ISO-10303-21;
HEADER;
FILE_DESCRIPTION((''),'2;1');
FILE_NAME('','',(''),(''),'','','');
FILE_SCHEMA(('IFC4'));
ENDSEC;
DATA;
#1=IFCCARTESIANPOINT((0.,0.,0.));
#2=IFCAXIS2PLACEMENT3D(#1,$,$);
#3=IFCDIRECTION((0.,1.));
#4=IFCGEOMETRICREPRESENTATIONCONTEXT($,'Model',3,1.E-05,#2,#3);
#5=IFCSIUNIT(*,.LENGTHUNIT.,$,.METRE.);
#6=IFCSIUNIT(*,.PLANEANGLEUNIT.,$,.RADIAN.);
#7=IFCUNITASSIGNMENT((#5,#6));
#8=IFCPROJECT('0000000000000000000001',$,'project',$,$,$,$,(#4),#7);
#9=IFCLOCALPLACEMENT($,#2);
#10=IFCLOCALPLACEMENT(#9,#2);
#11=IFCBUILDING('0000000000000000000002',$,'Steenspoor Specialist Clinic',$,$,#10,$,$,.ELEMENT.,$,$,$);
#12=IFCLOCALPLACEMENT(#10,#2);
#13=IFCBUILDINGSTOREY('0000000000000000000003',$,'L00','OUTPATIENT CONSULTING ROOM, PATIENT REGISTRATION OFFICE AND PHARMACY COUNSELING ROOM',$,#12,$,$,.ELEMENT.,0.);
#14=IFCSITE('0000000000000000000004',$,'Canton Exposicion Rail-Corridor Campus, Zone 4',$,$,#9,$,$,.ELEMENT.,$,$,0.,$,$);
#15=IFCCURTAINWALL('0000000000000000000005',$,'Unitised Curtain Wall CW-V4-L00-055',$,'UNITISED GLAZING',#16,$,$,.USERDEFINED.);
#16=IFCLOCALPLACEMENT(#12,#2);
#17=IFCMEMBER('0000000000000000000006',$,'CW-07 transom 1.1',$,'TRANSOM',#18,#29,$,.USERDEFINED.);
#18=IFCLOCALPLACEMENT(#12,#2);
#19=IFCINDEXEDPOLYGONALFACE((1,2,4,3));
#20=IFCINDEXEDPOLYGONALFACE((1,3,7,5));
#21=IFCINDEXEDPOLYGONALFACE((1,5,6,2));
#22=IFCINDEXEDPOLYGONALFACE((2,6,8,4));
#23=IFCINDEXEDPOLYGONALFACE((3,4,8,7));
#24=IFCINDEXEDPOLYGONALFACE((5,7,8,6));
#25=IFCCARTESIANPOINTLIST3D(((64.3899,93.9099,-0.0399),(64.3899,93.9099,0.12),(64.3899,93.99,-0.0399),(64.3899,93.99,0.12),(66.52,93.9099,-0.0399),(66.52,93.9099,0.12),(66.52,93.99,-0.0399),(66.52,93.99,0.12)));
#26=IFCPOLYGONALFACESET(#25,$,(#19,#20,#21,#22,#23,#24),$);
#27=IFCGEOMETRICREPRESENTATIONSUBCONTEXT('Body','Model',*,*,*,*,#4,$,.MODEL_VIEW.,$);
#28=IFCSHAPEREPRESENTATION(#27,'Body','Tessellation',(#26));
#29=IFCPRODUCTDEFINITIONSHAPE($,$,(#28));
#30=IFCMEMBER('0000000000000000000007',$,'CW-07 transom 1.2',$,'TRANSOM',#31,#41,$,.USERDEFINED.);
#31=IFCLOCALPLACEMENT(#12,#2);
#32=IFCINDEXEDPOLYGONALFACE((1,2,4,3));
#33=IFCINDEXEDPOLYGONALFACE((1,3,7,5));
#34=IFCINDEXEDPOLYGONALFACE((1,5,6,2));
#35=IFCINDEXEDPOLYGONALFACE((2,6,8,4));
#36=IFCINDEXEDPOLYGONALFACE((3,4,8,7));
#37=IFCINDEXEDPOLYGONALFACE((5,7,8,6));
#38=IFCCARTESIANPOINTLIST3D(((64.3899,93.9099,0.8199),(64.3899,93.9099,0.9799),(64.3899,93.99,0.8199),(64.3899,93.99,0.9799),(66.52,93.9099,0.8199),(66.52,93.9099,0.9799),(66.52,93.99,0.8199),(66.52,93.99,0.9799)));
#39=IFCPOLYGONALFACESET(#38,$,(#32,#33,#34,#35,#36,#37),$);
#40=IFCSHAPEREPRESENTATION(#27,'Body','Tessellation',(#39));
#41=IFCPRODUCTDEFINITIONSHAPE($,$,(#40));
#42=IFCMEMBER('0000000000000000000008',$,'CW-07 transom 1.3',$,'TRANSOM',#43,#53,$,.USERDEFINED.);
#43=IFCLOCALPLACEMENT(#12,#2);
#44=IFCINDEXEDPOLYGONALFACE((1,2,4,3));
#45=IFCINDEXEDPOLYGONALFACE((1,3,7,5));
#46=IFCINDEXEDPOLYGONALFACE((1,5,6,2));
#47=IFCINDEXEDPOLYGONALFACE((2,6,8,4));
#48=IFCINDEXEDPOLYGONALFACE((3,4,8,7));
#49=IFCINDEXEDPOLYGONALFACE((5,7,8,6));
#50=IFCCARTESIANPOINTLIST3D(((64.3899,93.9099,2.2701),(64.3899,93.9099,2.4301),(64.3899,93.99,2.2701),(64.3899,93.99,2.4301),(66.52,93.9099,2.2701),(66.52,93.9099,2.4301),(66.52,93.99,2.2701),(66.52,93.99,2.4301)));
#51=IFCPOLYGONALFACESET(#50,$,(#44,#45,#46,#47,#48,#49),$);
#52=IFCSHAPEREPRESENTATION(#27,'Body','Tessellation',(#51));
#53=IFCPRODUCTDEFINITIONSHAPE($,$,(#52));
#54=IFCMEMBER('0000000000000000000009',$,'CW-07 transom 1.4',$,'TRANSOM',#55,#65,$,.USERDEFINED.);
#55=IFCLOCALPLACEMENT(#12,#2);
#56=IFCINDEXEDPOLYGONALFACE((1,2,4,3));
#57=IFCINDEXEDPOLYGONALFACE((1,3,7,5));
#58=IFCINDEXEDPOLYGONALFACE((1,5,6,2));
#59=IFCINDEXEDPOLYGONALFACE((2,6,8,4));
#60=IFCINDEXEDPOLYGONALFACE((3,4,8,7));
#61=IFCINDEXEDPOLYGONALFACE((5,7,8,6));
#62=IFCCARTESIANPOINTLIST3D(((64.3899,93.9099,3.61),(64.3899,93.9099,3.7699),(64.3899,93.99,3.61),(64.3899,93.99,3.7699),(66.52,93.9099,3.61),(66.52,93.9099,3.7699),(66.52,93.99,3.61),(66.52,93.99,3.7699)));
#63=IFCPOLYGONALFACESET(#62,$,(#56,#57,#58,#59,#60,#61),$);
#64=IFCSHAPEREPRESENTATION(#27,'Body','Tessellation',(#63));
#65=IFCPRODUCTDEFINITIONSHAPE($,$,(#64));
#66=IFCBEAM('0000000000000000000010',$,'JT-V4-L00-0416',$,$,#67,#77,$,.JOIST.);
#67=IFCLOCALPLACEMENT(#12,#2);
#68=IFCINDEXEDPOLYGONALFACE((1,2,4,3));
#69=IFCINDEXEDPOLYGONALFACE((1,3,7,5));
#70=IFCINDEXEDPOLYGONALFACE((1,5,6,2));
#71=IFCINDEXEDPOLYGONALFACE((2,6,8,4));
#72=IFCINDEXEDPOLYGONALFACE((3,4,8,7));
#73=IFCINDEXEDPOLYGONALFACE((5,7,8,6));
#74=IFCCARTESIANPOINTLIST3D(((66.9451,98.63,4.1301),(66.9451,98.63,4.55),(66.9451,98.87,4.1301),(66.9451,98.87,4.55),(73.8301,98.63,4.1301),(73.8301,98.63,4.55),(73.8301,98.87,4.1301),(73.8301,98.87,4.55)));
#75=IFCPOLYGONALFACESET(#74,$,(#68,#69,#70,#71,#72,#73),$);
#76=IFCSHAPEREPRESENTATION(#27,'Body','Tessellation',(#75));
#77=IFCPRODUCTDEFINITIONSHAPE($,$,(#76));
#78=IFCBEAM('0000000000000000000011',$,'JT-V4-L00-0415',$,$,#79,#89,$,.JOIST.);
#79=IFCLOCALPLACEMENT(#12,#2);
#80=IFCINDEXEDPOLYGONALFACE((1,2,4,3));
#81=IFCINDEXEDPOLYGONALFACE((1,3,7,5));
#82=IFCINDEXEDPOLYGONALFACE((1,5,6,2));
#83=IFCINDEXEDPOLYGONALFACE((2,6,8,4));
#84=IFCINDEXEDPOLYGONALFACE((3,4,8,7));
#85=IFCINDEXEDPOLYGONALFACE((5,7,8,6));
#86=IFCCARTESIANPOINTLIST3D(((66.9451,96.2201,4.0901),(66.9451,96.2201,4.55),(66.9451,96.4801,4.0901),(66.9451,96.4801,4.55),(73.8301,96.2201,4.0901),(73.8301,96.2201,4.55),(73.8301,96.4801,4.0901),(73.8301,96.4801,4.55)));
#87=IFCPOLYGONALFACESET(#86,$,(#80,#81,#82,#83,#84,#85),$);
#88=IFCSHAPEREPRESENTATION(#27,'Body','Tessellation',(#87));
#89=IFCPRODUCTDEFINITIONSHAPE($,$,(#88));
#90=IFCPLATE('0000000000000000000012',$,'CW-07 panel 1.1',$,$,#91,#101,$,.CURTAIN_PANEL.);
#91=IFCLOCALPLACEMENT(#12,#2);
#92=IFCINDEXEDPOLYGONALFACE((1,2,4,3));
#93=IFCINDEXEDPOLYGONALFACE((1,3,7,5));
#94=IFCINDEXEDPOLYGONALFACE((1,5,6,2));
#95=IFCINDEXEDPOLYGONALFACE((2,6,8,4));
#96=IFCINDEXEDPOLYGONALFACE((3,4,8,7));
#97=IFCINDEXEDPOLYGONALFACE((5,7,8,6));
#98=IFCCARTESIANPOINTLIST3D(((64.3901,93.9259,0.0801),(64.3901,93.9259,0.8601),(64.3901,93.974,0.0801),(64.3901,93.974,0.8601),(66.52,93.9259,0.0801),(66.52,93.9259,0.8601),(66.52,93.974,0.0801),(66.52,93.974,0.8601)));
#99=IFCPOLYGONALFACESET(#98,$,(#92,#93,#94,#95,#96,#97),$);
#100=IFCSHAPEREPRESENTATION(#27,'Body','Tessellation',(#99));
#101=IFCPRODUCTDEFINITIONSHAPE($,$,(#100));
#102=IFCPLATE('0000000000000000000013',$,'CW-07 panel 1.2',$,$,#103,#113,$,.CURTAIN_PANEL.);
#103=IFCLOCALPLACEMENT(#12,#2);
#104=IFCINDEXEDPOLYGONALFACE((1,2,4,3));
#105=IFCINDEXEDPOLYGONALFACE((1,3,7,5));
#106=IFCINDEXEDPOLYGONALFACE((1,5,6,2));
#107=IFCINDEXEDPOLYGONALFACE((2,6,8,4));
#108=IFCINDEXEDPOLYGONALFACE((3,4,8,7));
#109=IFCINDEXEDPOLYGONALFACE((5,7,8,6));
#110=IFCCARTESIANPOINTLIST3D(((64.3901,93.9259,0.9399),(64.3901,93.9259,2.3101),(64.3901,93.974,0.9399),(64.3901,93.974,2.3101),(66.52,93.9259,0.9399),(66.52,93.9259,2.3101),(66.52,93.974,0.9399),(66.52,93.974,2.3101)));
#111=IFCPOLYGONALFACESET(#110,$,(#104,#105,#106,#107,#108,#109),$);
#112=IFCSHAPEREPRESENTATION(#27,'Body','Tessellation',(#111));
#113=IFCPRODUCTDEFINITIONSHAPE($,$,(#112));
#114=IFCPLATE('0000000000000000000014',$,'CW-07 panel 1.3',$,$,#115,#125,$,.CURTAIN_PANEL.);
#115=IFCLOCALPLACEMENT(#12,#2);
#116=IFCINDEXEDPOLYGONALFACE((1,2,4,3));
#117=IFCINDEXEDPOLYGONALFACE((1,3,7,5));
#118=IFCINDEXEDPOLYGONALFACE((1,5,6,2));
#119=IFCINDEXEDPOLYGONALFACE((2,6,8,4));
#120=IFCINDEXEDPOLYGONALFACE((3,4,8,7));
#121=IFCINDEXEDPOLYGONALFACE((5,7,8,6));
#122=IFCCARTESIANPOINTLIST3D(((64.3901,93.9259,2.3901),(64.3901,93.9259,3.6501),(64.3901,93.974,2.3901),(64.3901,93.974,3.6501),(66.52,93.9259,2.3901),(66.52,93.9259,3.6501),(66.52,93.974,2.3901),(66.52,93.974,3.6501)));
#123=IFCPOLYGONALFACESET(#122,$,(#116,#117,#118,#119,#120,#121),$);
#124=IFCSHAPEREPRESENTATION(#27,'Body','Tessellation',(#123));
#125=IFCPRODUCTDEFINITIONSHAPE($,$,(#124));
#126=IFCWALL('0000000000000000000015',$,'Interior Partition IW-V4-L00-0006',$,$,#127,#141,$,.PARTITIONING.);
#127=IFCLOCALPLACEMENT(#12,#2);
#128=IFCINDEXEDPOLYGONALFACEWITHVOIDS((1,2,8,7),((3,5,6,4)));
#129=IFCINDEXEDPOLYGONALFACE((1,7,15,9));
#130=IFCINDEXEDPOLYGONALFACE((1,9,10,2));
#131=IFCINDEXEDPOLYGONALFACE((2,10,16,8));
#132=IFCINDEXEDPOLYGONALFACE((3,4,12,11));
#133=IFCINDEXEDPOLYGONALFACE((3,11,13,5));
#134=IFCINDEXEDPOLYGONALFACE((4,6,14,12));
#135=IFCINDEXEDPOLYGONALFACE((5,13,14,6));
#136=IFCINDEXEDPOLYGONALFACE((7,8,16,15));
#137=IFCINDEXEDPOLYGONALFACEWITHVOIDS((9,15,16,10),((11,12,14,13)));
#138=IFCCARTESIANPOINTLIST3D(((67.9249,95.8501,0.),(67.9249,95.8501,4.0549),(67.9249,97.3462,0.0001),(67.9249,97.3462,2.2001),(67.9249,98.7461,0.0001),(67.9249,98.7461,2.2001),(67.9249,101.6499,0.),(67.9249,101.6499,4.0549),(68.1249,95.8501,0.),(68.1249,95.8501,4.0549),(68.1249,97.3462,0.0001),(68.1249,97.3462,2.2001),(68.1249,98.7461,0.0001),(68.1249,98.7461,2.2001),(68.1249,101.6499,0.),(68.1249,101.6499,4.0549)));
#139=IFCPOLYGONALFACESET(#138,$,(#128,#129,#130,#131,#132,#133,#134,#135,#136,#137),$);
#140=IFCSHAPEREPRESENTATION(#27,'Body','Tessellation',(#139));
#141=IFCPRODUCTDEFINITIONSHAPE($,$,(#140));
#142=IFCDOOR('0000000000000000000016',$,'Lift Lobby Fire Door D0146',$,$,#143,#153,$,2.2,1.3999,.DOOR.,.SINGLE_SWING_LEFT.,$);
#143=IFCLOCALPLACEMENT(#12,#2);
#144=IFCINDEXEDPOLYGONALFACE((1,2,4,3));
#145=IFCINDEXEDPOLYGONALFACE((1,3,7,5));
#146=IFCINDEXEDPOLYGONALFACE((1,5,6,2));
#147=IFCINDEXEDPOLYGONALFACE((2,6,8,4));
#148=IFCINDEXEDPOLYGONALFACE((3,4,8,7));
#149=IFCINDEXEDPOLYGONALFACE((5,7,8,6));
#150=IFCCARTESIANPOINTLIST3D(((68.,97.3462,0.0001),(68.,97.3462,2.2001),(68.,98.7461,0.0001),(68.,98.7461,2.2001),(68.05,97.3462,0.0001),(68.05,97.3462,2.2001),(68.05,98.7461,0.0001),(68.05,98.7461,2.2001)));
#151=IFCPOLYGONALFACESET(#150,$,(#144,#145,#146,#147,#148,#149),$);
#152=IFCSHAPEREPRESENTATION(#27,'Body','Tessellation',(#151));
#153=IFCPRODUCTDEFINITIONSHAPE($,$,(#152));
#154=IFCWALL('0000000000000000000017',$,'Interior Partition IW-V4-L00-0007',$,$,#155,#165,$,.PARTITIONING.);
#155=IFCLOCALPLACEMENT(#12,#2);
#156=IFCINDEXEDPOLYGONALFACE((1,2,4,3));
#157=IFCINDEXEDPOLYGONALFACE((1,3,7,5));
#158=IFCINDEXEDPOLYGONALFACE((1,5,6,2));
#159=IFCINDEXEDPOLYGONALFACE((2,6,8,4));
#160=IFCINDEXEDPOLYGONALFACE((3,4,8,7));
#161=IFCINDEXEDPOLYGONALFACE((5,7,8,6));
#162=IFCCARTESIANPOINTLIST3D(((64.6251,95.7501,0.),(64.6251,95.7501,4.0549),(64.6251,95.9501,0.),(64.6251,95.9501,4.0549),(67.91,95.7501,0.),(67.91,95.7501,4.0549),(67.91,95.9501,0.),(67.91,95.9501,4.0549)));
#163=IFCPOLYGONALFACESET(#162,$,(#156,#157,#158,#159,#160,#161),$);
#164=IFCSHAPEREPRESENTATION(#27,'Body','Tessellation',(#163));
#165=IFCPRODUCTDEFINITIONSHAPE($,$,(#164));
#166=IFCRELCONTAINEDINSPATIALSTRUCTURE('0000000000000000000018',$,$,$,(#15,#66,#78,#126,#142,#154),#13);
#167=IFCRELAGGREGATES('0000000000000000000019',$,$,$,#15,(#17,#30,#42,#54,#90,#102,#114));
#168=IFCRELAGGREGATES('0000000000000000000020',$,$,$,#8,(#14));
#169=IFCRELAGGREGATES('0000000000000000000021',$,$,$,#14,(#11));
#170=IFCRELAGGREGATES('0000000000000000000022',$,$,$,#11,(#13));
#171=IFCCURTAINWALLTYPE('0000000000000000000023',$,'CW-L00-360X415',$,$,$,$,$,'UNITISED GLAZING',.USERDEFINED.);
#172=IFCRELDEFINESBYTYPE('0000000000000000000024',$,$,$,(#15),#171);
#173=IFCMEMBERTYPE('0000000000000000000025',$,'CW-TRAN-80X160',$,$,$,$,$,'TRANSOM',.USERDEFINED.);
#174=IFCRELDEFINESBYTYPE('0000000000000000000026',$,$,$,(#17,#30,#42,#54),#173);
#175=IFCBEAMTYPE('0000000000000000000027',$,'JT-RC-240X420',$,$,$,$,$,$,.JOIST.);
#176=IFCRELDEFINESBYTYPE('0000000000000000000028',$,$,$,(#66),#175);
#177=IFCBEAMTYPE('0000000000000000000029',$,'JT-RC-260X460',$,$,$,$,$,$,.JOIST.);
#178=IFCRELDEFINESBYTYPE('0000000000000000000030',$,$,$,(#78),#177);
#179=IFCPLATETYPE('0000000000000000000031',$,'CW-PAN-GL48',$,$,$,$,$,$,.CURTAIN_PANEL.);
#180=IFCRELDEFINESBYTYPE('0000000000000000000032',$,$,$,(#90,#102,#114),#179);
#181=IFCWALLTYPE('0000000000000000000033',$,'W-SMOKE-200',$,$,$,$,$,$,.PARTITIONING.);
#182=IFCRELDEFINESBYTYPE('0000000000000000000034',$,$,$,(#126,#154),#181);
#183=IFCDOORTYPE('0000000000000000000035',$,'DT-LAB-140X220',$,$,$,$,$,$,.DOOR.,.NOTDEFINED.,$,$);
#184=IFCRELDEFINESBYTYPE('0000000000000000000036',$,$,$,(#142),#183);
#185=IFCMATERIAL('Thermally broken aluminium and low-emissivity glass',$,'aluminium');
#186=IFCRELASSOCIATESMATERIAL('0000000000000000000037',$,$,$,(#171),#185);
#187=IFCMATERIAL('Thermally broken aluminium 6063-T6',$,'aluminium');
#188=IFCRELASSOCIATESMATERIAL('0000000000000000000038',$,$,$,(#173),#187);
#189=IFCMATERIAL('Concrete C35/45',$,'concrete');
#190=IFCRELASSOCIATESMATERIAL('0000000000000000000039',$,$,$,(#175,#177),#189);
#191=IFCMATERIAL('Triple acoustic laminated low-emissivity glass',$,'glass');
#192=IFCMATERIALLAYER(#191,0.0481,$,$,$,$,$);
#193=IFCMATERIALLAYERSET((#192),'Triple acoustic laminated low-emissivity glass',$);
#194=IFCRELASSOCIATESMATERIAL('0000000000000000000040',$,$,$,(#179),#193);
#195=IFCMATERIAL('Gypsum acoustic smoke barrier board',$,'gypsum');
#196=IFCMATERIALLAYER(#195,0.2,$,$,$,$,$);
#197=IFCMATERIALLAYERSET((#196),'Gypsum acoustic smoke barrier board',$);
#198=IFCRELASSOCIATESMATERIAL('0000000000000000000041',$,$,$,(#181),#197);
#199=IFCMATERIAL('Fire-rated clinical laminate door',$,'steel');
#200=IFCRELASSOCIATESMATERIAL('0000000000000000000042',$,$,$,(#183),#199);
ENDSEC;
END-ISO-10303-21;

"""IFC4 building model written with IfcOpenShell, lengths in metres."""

from ifc_helpers import new_model, si_unit, direction, frame, frame_2d, origin, origin_2d, place, context, subcontext, project, spatial, rectangle, extrude, material, layer, layer_set, material_profile, profile_set, type_object, element, fill, aggregate, save


model = new_model("IFC4")

# Units and contexts
model_context = context("Model", 3, precision=1e-05, world=origin(), true_north=direction((0.0, 1.0)))
body_context = subcontext(model_context, "Body", "Model", "MODEL_VIEW")
ifc_project = project(units=[si_unit("LENGTHUNIT", "METRE"), si_unit("PLANEANGLEUNIT", "RADIAN")], contexts=[model_context])

# Site, building, storey
site_placement = place(None, origin())
site = spatial("IfcSite", under=ifc_project, at=site_placement, Name="Canton Exposicion Rail-Corridor Campus, Zone 4", CompositionType="ELEMENT", RefElevation=0.0)
building_placement = place(site_placement, origin())
building = spatial("IfcBuilding", under=site, at=building_placement, Name="Steenspoor Specialist Clinic", CompositionType="ELEMENT")
storey_placement = place(building_placement, origin())
storey = spatial("IfcBuildingStorey", under=building, at=storey_placement, Name="L00", Description="OUTPATIENT CONSULTING ROOM, PATIENT REGISTRATION OFFICE AND PHARMACY COUNSELING ROOM", CompositionType="ELEMENT", Elevation=0.0)

# Shared definitions
ifc_material_1 = material(Name="Concrete C35/45", Category="concrete")

# Curtain wall, members
ifc_material_2 = material(Name="Thermally broken aluminium and low-emissivity glass", Category="aluminium")
curtain_wall_type = type_object("IfcCurtainWallType", Name="CW-L00-360X415", ElementType="UNITISED GLAZING", PredefinedType="USERDEFINED", material=ifc_material_2)
curtain_wall_placement = place(storey_placement, origin())
curtain_wall = element("IfcCurtainWall", 1, at=curtain_wall_placement, inside=storey, type_object=curtain_wall_type, Name="Unitised Curtain Wall CW-V4-L00-055", ObjectType="UNITISED GLAZING", PredefinedType="USERDEFINED")
ifc_material_3 = material(Name="Thermally broken aluminium 6063-T6", Category="aluminium")
ifc_material_profile_1 = material_profile(ifc_material_3, rectangle(XDim=0.0801, YDim=0.1599, at=origin_2d()), Name="CWT-80X160")
ifc_profile_set_1 = profile_set([ifc_material_profile_1], Name="Thermally broken aluminium 6063-T6")
member_type_1 = type_object("IfcMemberType", Name="CW-TRAN-80X160", ElementType="TRANSOM", PredefinedType="USERDEFINED", material=ifc_profile_set_1)
member_1_placement = place(storey_placement, frame((66.52, 93.95, 0.04), z_axis=(-1.0, 0.0, 0.0), x_axis=(0.0, -1.0, 0.0)))
member_1 = element("IfcMember", 2, at=member_1_placement, type_object=member_type_1, Name="CW-07 transom 1.1", ObjectType="TRANSOM", PredefinedType="USERDEFINED", context=body_context, shape_type="SweptSolid", body=[
    extrude(rectangle(XDim=0.0801, YDim=0.1599, at=origin_2d()), origin(), (0.0, 0.0, 1.0), 2.1301),
])
member_2_placement = place(storey_placement, frame((66.52, 93.95, 0.8999), z_axis=(-1.0, 0.0, 0.0), x_axis=(0.0, -1.0, 0.0)))
member_2 = element("IfcMember", 3, at=member_2_placement, type_object=member_type_1, Name="CW-07 transom 1.2", ObjectType="TRANSOM", PredefinedType="USERDEFINED", context=body_context, shape_type="SweptSolid", body=[
    extrude(rectangle(XDim=0.0801, YDim=0.1599, at=origin_2d()), origin(), (0.0, 0.0, 1.0), 2.1301),
])
member_3_placement = place(storey_placement, frame((66.52, 93.95, 2.3501), z_axis=(-1.0, 0.0, 0.0), x_axis=(0.0, -1.0, 0.0)))
member_3 = element("IfcMember", 4, at=member_3_placement, type_object=member_type_1, Name="CW-07 transom 1.3", ObjectType="TRANSOM", PredefinedType="USERDEFINED", context=body_context, shape_type="SweptSolid", body=[
    extrude(rectangle(XDim=0.0801, YDim=0.1599, at=origin_2d()), origin(), (0.0, 0.0, 1.0), 2.1301),
])
member_4_placement = place(storey_placement, frame((66.52, 93.95, 3.6899), z_axis=(-1.0, 0.0, 0.0), x_axis=(0.0, -1.0, 0.0)))
member_4 = element("IfcMember", 5, at=member_4_placement, type_object=member_type_1, Name="CW-07 transom 1.4", ObjectType="TRANSOM", PredefinedType="USERDEFINED", context=body_context, shape_type="SweptSolid", body=[
    extrude(rectangle(XDim=0.0801, YDim=0.1599, at=origin_2d()), origin(), (0.0, 0.0, 1.0), 2.1301),
])

# Beams
ifc_material_profile_2 = material_profile(ifc_material_1, rectangle(XDim=0.24, YDim=0.4199, at=origin_2d()), Name="RC-JT-240X420")
ifc_profile_set_2 = profile_set([ifc_material_profile_2], Name="Concrete C35/45")
beam_type_1 = type_object("IfcBeamType", Name="JT-RC-240X420", PredefinedType="JOIST", material=ifc_profile_set_2)
beam_1_placement = place(storey_placement, frame((66.9451, 98.75, 4.3401), z_axis=(1.0, 0.0, 0.0), x_axis=(0.0, 1.0, 0.0)))
element("IfcBeam", 6, at=beam_1_placement, inside=storey, type_object=beam_type_1, Name="JT-V4-L00-0416", PredefinedType="JOIST", context=body_context, shape_type="SweptSolid", body=[
    extrude(rectangle(XDim=0.24, YDim=0.4199, at=origin_2d()), origin(), (0.0, 0.0, 1.0), 6.885),
])
ifc_material_profile_3 = material_profile(ifc_material_1, rectangle(XDim=0.26, YDim=0.46, at=origin_2d()), Name="RC-JT-260X460")
ifc_profile_set_3 = profile_set([ifc_material_profile_3], Name="Concrete C35/45")
beam_type_2 = type_object("IfcBeamType", Name="JT-RC-260X460", PredefinedType="JOIST", material=ifc_profile_set_3)
beam_2_placement = place(storey_placement, frame((66.9451, 96.3501, 4.3201), z_axis=(1.0, 0.0, 0.0), x_axis=(0.0, 1.0, 0.0)))
element("IfcBeam", 7, at=beam_2_placement, inside=storey, type_object=beam_type_2, Name="JT-V4-L00-0415", PredefinedType="JOIST", context=body_context, shape_type="SweptSolid", body=[
    extrude(rectangle(XDim=0.26, YDim=0.46, at=origin_2d()), origin(), (0.0, 0.0, 1.0), 6.885),
])

# Plates
ifc_material_4 = material(Name="Triple acoustic laminated low-emissivity glass", Category="glass")
ifc_layer_1 = layer(ifc_material_4, 0.0481)
ifc_layer_set_1 = layer_set([ifc_layer_1], Name="Triple acoustic laminated low-emissivity glass")
plate_type = type_object("IfcPlateType", Name="CW-PAN-GL48", PredefinedType="CURTAIN_PANEL", material=ifc_layer_set_1)
plate_1_placement = place(storey_placement, frame((65.4551, 93.95, 0.0801), z_axis=(0.0, 0.0, 1.0), x_axis=(-1.0, 0.0, 0.0)))
plate_1 = element("IfcPlate", 8, at=plate_1_placement, type_object=plate_type, Name="CW-07 panel 1.1", PredefinedType="CURTAIN_PANEL", context=body_context, shape_type="SweptSolid", body=[
    extrude(rectangle(XDim=2.1299, YDim=0.0481, at=origin_2d()), origin(), (0.0, 0.0, 1.0), 0.78),
])
plate_2_placement = place(storey_placement, frame((65.4551, 93.95, 0.9399), z_axis=(0.0, 0.0, 1.0), x_axis=(-1.0, 0.0, 0.0)))
plate_2 = element("IfcPlate", 9, at=plate_2_placement, type_object=plate_type, Name="CW-07 panel 1.2", PredefinedType="CURTAIN_PANEL", context=body_context, shape_type="SweptSolid", body=[
    extrude(rectangle(XDim=2.1299, YDim=0.0481, at=origin_2d()), origin(), (0.0, 0.0, 1.0), 1.3701),
])
plate_3_placement = place(storey_placement, frame((65.4551, 93.95, 2.3901), z_axis=(0.0, 0.0, 1.0), x_axis=(-1.0, 0.0, 0.0)))
plate_3 = element("IfcPlate", 10, at=plate_3_placement, type_object=plate_type, Name="CW-07 panel 1.3", PredefinedType="CURTAIN_PANEL", context=body_context, shape_type="SweptSolid", body=[
    extrude(rectangle(XDim=2.1299, YDim=0.0481, at=origin_2d()), origin(), (0.0, 0.0, 1.0), 1.26),
])
aggregate(curtain_wall, [member_1, member_2, member_3, member_4, plate_1, plate_2, plate_3])

# Wall, opening, door
ifc_material_5 = material(Name="Gypsum acoustic smoke barrier board", Category="gypsum")
ifc_layer_2 = layer(ifc_material_5, 0.2)
ifc_layer_set_2 = layer_set([ifc_layer_2], Name="Gypsum acoustic smoke barrier board")
wall_type_1 = type_object("IfcWallType", Name="W-SMOKE-200", PredefinedType="PARTITIONING", material=ifc_layer_set_2)
wall_1_placement = place(storey_placement, frame((68.0249, 95.8501, 0.0), z_axis=(0.0, 0.0, 1.0), x_axis=(0.0, 1.0, 0.0)))
wall_1 = element("IfcWall", 11, at=wall_1_placement, inside=storey, type_object=wall_type_1, Name="Interior Partition IW-V4-L00-0006", PredefinedType="PARTITIONING", context=body_context, shape_type="SweptSolid", body=[
    extrude(rectangle(XDim=5.7998, YDim=0.2, at=frame_2d((2.8999, 0.0))), origin(), (0.0, 0.0, 1.0), 4.0549),
])
opening_1_placement = place(wall_1_placement, frame((1.4961, 0.0, 0.0)))
opening_1 = element("IfcOpeningElement", 12, at=opening_1_placement, cuts=wall_1, PredefinedType="OPENING", context=body_context, shape_type="SweptSolid", body=[
    extrude(rectangle(XDim=1.3999, YDim=2.2, at=frame_2d((0.7, 1.1001))), frame((0.0, 0.1099, 0.0), z_axis=(0.0, -1.0, 0.0), x_axis=(1.0, 0.0, 0.0)), (0.0, 0.0, 1.0), 0.22),
])
ifc_material_6 = material(Name="Fire-rated clinical laminate door", Category="steel")
door_type_1 = type_object("IfcDoorType", Name="DT-LAB-140X220", OperationType="NOTDEFINED", PredefinedType="DOOR", material=ifc_material_6)
door_1_placement = place(opening_1_placement, origin())
door_1 = element("IfcDoor", 13, at=door_1_placement, inside=storey, type_object=door_type_1, Name="Lift Lobby Fire Door D0146", OperationType="SINGLE_SWING_LEFT", OverallHeight=2.2, OverallWidth=1.3999, PredefinedType="DOOR", context=body_context, shape_type="SweptSolid", body=[
    extrude(rectangle(XDim=1.3999, YDim=2.2, at=frame_2d((0.7, 1.1001))), frame((0.0, 0.0249, 0.0), z_axis=(0.0, -1.0, 0.0), x_axis=(1.0, 0.0, 0.0)), (0.0, 0.0, 1.0), 0.05),
])
fill(opening_1, door_1)

# Wall
wall_2_placement = place(storey_placement, frame((64.625, 95.8501, 0.0), z_axis=(0.0, 0.0, 1.0), x_axis=(1.0, 0.0, 0.0)))
element("IfcWall", 14, at=wall_2_placement, inside=storey, type_object=wall_type_1, Name="Interior Partition IW-V4-L00-0007", PredefinedType="PARTITIONING", context=body_context, shape_type="SweptSolid", body=[
    extrude(rectangle(XDim=3.2849, YDim=0.2, at=frame_2d((1.6426, 0.0))), origin(), (0.0, 0.0, 1.0), 4.0549),
])

save(model, "model.ifc")
